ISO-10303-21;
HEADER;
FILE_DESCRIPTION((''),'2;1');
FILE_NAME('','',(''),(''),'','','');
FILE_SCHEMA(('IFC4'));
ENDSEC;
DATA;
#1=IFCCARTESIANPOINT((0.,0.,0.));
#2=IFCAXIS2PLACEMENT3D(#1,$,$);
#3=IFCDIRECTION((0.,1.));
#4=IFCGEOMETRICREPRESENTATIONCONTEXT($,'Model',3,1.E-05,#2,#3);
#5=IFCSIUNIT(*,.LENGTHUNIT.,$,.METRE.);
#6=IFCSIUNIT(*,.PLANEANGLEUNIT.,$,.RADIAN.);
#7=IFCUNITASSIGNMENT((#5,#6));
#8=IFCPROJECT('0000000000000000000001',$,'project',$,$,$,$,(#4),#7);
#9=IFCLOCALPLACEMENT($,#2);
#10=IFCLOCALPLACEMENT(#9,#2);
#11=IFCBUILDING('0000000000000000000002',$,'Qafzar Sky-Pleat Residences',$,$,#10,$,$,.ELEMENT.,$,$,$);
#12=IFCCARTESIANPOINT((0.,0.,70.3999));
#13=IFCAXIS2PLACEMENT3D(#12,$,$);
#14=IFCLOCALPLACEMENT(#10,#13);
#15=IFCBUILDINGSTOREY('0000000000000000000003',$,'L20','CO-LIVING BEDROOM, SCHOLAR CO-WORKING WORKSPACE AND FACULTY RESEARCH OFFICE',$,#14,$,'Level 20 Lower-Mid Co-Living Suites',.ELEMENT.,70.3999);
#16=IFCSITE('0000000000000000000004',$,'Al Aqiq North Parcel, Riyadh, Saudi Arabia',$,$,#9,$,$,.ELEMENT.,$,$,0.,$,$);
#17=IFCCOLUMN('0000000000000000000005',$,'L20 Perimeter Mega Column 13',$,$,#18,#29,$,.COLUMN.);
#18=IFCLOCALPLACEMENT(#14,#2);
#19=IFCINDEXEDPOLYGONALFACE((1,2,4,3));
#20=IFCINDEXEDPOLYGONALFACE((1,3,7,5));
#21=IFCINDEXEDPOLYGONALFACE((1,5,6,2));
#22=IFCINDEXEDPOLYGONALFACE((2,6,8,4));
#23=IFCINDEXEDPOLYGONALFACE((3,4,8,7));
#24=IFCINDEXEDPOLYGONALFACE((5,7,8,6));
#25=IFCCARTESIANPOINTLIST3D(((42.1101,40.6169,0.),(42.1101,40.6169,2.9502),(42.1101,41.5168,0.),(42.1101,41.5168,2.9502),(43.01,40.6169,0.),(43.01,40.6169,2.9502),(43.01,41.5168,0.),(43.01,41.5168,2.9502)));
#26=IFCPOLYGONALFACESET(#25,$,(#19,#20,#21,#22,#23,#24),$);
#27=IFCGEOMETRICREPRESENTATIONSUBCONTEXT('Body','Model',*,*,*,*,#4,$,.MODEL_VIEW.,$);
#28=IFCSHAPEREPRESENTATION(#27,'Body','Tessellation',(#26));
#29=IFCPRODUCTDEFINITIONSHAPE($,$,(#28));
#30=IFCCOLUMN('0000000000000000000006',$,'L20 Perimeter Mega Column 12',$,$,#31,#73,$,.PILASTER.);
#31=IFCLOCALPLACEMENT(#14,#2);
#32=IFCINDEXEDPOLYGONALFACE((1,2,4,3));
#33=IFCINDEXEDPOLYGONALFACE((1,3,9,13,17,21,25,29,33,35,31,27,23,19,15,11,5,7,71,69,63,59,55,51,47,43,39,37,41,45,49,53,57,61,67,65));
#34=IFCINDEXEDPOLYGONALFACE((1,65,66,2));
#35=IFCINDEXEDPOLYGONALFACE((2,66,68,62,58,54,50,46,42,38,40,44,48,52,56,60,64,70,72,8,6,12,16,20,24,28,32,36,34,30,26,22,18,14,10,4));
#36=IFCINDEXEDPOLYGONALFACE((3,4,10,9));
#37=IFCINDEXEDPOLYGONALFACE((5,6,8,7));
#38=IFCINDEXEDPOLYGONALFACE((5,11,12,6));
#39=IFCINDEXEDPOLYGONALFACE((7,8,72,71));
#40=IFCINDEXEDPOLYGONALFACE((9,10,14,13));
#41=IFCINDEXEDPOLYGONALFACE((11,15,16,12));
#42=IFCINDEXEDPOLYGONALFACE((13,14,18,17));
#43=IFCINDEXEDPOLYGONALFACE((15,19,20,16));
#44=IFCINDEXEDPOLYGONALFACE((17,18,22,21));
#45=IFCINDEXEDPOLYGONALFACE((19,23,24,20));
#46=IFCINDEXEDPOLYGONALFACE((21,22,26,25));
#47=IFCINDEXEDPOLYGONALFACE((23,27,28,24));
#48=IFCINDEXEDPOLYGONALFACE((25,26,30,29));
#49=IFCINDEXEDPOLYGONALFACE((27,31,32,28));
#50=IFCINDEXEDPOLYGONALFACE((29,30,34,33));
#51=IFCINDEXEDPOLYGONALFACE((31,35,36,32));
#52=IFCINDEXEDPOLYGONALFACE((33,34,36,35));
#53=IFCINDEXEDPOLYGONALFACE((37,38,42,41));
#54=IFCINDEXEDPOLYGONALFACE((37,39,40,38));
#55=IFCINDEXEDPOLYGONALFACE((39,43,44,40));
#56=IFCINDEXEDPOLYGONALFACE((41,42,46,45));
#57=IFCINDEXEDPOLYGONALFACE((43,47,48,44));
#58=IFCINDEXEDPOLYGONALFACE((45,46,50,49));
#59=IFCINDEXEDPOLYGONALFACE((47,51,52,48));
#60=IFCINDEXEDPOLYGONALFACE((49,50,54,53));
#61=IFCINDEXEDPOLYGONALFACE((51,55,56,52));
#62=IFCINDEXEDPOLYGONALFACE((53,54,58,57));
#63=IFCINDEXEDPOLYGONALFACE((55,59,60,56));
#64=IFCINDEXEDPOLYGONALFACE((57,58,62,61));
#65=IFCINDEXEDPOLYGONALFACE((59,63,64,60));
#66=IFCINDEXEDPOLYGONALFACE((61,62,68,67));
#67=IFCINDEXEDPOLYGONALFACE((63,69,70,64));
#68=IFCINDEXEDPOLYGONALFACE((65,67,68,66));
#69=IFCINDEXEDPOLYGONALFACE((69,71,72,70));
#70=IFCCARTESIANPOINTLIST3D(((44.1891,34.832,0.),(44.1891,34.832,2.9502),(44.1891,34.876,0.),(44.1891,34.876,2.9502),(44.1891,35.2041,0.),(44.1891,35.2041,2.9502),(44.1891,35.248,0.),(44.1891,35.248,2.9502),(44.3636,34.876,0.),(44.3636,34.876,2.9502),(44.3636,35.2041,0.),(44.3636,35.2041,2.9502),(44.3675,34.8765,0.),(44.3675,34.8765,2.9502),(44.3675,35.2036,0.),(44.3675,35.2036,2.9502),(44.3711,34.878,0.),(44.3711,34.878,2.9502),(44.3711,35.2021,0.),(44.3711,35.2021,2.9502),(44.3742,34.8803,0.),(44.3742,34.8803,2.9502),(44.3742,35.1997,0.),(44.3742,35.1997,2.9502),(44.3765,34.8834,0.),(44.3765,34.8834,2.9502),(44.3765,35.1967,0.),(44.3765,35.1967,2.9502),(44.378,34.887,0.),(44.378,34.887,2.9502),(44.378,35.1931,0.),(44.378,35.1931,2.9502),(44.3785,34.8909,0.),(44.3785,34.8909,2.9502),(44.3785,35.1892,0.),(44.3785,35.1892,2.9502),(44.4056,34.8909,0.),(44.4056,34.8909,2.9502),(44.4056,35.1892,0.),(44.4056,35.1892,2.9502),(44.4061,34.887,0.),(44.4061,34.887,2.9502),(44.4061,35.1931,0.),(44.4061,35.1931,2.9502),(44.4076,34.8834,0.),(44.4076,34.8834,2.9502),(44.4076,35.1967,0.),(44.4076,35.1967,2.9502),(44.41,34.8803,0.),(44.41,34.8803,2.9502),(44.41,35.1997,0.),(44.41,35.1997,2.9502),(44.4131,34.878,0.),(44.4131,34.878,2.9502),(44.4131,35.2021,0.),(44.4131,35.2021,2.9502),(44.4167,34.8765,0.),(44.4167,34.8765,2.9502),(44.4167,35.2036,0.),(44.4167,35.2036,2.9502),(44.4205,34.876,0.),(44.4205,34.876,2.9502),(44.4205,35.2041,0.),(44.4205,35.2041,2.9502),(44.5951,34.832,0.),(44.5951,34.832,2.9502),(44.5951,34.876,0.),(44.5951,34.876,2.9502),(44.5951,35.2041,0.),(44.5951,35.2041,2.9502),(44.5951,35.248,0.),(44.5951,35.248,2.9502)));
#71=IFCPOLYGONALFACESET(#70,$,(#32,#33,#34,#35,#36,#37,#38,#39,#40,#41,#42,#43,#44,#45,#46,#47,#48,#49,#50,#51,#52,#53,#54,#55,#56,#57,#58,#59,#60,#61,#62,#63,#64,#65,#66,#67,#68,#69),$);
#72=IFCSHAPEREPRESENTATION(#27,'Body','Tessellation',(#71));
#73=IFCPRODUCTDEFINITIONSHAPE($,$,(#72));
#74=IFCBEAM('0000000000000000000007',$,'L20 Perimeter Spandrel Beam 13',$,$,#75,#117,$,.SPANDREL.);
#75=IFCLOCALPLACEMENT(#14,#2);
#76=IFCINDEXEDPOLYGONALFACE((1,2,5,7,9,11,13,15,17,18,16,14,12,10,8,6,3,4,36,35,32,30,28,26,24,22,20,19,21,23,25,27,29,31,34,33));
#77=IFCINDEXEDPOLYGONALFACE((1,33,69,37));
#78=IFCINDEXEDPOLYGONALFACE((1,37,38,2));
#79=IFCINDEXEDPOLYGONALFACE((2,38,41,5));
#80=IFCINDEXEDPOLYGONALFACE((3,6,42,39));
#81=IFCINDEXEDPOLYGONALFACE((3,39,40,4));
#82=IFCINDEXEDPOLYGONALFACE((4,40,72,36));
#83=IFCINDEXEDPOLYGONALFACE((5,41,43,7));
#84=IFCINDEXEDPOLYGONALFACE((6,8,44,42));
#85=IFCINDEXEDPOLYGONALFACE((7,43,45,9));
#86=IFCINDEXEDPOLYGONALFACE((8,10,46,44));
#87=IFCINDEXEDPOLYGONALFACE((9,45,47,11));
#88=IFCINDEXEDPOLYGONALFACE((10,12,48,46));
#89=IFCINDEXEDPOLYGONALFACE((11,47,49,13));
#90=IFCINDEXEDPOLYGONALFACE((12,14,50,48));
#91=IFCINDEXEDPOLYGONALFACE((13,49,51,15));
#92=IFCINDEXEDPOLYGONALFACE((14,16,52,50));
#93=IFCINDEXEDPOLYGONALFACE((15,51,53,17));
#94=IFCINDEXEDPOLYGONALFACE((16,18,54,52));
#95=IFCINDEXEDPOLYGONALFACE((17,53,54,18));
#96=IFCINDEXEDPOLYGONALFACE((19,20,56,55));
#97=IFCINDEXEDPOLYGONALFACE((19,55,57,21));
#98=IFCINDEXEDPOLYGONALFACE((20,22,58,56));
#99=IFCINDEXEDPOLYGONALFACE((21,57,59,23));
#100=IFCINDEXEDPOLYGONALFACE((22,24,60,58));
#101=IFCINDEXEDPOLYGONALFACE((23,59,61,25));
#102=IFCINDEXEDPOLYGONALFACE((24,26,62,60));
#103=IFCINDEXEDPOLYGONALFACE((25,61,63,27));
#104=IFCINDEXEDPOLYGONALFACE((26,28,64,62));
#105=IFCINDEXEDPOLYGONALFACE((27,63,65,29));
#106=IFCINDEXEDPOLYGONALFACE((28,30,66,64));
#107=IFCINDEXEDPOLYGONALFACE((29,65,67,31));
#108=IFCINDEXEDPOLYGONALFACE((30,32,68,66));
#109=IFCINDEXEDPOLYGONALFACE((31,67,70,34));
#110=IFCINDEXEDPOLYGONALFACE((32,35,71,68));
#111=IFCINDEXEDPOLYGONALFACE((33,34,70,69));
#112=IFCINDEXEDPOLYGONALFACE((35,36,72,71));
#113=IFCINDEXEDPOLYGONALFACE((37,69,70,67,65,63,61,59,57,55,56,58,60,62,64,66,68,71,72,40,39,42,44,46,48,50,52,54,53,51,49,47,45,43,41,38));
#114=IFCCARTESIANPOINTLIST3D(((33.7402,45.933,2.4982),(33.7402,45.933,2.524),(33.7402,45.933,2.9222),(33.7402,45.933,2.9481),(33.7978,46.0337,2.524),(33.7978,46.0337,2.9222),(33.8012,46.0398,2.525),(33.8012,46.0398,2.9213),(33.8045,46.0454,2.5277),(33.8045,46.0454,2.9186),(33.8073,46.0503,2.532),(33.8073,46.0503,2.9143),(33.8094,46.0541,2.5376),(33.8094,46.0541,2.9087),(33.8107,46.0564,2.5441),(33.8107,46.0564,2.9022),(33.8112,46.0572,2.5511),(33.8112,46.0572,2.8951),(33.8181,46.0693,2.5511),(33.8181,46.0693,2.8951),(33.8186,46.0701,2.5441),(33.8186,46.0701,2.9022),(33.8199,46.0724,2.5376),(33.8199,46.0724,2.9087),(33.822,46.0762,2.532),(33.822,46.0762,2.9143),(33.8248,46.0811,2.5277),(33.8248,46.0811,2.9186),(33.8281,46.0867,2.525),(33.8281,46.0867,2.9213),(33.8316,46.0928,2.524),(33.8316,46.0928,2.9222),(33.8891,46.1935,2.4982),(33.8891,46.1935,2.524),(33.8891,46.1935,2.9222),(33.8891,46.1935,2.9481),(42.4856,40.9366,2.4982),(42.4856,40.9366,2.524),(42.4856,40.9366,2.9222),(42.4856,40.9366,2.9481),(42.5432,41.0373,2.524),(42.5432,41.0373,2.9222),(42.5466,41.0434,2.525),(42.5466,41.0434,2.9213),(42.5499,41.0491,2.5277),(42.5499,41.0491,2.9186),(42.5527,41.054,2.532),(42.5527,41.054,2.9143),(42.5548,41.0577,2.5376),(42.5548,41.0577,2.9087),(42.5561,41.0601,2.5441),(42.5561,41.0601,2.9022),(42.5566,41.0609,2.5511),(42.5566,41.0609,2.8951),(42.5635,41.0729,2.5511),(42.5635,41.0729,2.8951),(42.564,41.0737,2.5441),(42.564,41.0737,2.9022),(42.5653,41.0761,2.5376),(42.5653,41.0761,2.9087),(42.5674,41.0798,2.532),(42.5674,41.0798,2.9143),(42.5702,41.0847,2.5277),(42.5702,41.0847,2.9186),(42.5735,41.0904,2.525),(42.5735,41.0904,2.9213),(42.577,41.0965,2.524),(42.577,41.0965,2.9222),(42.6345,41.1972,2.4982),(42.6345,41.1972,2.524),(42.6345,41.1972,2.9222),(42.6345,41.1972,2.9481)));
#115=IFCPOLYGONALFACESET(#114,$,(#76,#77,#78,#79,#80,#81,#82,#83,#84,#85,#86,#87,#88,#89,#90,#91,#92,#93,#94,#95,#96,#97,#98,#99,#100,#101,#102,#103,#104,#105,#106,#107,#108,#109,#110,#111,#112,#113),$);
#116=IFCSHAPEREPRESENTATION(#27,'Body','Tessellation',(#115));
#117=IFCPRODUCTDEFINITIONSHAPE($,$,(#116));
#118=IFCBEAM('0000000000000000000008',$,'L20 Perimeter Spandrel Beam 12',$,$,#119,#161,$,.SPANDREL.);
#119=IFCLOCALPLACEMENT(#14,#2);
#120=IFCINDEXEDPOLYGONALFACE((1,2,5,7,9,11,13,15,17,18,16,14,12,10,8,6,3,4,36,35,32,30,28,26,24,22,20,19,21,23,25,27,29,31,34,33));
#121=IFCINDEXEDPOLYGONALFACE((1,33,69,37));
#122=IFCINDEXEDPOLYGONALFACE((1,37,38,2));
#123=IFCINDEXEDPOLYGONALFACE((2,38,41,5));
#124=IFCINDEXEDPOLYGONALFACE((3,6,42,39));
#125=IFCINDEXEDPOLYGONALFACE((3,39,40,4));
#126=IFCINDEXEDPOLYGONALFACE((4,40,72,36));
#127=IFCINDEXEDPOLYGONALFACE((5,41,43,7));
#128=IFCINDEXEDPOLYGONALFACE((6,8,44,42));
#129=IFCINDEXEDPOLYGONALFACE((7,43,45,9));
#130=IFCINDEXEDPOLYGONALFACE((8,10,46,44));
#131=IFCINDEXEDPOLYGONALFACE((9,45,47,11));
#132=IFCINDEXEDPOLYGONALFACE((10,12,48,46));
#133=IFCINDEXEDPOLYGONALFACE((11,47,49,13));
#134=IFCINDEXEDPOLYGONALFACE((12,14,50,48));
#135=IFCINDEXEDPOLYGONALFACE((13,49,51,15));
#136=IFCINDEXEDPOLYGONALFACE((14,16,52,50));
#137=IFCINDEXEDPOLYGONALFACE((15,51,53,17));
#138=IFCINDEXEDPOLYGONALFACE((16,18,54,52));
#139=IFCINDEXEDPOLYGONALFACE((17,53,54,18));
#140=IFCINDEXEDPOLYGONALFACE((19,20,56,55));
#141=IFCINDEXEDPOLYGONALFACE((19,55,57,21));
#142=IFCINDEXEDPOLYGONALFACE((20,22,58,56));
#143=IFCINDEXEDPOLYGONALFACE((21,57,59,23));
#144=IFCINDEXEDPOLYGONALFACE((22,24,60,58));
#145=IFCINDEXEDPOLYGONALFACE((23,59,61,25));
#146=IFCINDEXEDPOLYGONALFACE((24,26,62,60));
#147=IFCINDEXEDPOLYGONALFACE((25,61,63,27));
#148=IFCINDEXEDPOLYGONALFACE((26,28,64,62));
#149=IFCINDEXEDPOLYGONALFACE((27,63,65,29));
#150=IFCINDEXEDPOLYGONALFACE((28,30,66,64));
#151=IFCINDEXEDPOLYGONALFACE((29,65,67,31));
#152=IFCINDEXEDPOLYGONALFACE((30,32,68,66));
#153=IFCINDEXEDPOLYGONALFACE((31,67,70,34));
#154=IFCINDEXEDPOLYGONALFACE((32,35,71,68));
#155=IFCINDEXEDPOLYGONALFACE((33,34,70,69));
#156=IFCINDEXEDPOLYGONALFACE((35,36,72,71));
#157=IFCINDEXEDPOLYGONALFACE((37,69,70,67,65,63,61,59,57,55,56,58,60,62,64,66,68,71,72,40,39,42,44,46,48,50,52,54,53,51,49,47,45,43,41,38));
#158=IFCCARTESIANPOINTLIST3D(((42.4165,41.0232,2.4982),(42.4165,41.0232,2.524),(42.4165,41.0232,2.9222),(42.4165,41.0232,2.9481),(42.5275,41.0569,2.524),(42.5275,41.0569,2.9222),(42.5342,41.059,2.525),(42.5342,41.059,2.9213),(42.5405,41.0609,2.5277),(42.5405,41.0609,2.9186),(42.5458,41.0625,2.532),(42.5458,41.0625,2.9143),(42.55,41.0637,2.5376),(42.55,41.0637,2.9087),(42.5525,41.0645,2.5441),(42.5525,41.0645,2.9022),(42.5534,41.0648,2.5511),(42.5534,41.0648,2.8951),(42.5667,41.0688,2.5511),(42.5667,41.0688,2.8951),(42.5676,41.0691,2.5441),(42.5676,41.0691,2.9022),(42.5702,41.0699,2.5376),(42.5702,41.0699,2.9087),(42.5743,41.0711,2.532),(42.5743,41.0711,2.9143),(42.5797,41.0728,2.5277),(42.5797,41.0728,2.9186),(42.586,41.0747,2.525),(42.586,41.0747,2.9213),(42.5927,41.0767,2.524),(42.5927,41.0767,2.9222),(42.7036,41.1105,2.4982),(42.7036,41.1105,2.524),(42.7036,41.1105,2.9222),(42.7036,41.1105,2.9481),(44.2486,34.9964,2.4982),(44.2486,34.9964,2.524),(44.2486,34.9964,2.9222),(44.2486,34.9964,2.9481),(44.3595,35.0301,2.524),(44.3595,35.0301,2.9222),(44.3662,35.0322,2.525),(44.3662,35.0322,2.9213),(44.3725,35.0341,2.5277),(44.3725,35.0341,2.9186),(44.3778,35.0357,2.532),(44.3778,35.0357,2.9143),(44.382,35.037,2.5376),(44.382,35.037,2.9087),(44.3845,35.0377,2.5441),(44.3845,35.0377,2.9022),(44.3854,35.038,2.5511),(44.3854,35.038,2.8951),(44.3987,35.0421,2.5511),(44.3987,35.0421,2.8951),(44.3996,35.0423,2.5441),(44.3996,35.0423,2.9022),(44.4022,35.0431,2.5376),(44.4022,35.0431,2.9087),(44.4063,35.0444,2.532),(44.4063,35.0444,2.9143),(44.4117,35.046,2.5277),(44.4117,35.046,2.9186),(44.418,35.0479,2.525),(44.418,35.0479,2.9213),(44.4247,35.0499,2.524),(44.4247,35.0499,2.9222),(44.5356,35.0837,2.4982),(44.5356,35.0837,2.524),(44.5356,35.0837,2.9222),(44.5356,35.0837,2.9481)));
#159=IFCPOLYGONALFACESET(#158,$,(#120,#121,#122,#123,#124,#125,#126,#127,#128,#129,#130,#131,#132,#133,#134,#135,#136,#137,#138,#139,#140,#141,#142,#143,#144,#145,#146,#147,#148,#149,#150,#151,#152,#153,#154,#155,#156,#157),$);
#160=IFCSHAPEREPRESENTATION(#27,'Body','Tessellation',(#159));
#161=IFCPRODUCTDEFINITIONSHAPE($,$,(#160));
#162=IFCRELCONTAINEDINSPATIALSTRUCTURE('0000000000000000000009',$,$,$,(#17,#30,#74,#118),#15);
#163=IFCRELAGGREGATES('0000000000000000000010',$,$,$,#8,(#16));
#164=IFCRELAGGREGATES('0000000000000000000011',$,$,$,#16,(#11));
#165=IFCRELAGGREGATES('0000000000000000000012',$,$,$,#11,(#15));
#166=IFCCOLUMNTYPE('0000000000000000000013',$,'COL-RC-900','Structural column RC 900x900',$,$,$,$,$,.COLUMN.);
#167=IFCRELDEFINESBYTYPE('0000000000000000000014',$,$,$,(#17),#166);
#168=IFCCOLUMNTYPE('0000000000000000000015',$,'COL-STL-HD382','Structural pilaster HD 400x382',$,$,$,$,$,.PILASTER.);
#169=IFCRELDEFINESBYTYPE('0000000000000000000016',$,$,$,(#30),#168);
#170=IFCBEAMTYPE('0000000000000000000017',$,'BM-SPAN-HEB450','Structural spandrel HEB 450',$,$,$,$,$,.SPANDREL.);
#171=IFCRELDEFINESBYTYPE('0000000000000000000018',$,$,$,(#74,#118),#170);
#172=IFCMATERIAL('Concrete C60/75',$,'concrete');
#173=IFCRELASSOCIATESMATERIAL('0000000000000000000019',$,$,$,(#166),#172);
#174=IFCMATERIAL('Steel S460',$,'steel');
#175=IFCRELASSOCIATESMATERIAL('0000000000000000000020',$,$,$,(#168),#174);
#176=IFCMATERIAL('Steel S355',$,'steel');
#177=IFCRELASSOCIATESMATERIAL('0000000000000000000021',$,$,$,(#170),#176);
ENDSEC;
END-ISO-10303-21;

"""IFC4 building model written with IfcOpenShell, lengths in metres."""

from ifc_helpers import new_model, si_unit, direction, frame, origin, origin_2d, place, context, subcontext, project, spatial, rectangle, i_section, extrude, source, transform, mapped, material, material_profile, profile_set, type_object, element, save


model = new_model("IFC4")

# Units and contexts
model_context = context("Model", 3, precision=1e-05, world=origin(), true_north=direction((0.0, 1.0)))
body_context = subcontext(model_context, "Body", "Model", "MODEL_VIEW")
ifc_project = project(units=[si_unit("LENGTHUNIT", "METRE"), si_unit("PLANEANGLEUNIT", "RADIAN")], contexts=[model_context])

# Site, building, storey
site_placement = place(None, origin())
site = spatial("IfcSite", under=ifc_project, at=site_placement, Name="Al Aqiq North Parcel, Riyadh, Saudi Arabia", CompositionType="ELEMENT", RefElevation=0.0)
building_placement = place(site_placement, origin())
building = spatial("IfcBuilding", under=site, at=building_placement, Name="Qafzar Sky-Pleat Residences", CompositionType="ELEMENT")
storey_placement = place(building_placement, frame((0.0, 0.0, 70.3999)))
storey = spatial("IfcBuildingStorey", under=building, at=storey_placement, Name="L20", Description="CO-LIVING BEDROOM, SCHOLAR CO-WORKING WORKSPACE AND FACULTY RESEARCH OFFICE", LongName="Level 20 Lower-Mid Co-Living Suites", CompositionType="ELEMENT", Elevation=70.3999)

# Columns
ifc_material_1 = material(Name="Concrete C60/75", Category="concrete")
ifc_material_profile_1 = material_profile(ifc_material_1, rectangle(XDim=0.8999, YDim=0.8999, at=origin_2d()), Name="RC 900x900")
ifc_profile_set_1 = profile_set([ifc_material_profile_1], Name="Concrete C60/75")
column_type_1 = type_object("IfcColumnType", Name="COL-RC-900", Description="Structural column RC 900x900", PredefinedType="COLUMN", material=ifc_profile_set_1)
shared_shape_1 = source(origin(), body_context, "Body", "SweptSolid", [
    extrude(rectangle(XDim=0.8999, YDim=0.8999, at=origin_2d()), origin(), (0.0, 0.0, 1.0), 2.9502),
])
column_1_placement = place(storey_placement, frame((42.5601, 41.0669, 0.0), z_axis=(0.0, 0.0, 1.0), x_axis=(1.0, 0.0, 0.0)))
element("IfcColumn", 1, at=column_1_placement, inside=storey, type_object=column_type_1, Name="L20 Perimeter Mega Column 13", PredefinedType="COLUMN", context=body_context, shape_type="MappedRepresentation", body=[
    mapped(shared_shape_1, transform((0.0, 0.0, 0.0), x_axis=(1.0, 0.0, 0.0), y_axis=(0.0, 1.0, 0.0), z_axis=(0.0, 0.0, 1.0), scale=1.0)),
])
ifc_material_2 = material(Name="Steel S460", Category="steel")
ifc_material_profile_2 = material_profile(ifc_material_2, i_section(OverallWidth=0.406, OverallDepth=0.416, WebThickness=0.0271, FlangeThickness=0.0439, FilletRadius=0.0149, at=origin_2d()), Name="HD 400x382")
ifc_profile_set_2 = profile_set([ifc_material_profile_2], Name="Steel S460")
column_type_2 = type_object("IfcColumnType", Name="COL-STL-HD382", Description="Structural pilaster HD 400x382", PredefinedType="PILASTER", material=ifc_profile_set_2)
shared_shape_2 = source(origin(), body_context, "Body", "SweptSolid", [
    extrude(i_section(OverallWidth=0.406, OverallDepth=0.416, WebThickness=0.0271, FlangeThickness=0.0439, FilletRadius=0.0149, at=origin_2d()), origin(), (0.0, 0.0, 1.0), 2.9502),
])
column_2_placement = place(storey_placement, frame((44.3921, 35.04, 0.0), z_axis=(0.0, 0.0, 1.0), x_axis=(1.0, 0.0, 0.0)))
element("IfcColumn", 2, at=column_2_placement, inside=storey, type_object=column_type_2, Name="L20 Perimeter Mega Column 12", PredefinedType="PILASTER", context=body_context, shape_type="MappedRepresentation", body=[
    mapped(shared_shape_2, transform((0.0, 0.0, 0.0), x_axis=(1.0, 0.0, 0.0), y_axis=(0.0, 1.0, 0.0), z_axis=(0.0, 0.0, 1.0), scale=1.0)),
])

# Beams
ifc_material_3 = material(Name="Steel S355", Category="steel")
ifc_material_profile_3 = material_profile(ifc_material_3, i_section(OverallWidth=0.3, OverallDepth=0.45, WebThickness=0.0139, FlangeThickness=0.0259, FilletRadius=0.0271, at=origin_2d()), Name="HEB 450")
ifc_profile_set_3 = profile_set([ifc_material_profile_3], Name="Steel S355")
beam_type_1 = type_object("IfcBeamType", Name="BM-SPAN-HEB450", Description="Structural spandrel HEB 450", PredefinedType="SPANDREL", material=ifc_profile_set_3)
shared_shape_3 = source(origin(), body_context, "Body", "SweptSolid", [
    extrude(i_section(OverallWidth=0.3, OverallDepth=0.45, WebThickness=0.0139, FlangeThickness=0.0259, FilletRadius=0.0271, at=origin_2d()), origin(), (0.0, 0.0, 1.0), 10.072),
])
beam_1_placement = place(storey_placement, frame((42.5601, 41.0669, 2.7231), z_axis=(-0.868286, 0.496063, 0.0), x_axis=(-0.496063, -0.868286, 0.0)))
element("IfcBeam", 3, at=beam_1_placement, inside=storey, type_object=beam_type_1, Name="L20 Perimeter Spandrel Beam 13", PredefinedType="SPANDREL", context=body_context, shape_type="MappedRepresentation", body=[
    mapped(shared_shape_3, transform((0.0, 0.0, 0.0), x_axis=(1.0, 0.0, 0.0), y_axis=(0.0, 1.0, 0.0), z_axis=(0.0, 0.0, 1.0), scale=1.0)),
])
shared_shape_4 = source(origin(), body_context, "Body", "SweptSolid", [
    extrude(i_section(OverallWidth=0.3, OverallDepth=0.45, WebThickness=0.0139, FlangeThickness=0.0259, FilletRadius=0.0271, at=origin_2d()), origin(), (0.0, 0.0, 1.0), 6.2991),
])
beam_2_placement = place(storey_placement, frame((44.3921, 35.04, 2.7231), z_axis=(-0.290838, 0.956772, 0.0), x_axis=(-0.956772, -0.290838, 0.0)))
element("IfcBeam", 4, at=beam_2_placement, inside=storey, type_object=beam_type_1, Name="L20 Perimeter Spandrel Beam 12", PredefinedType="SPANDREL", context=body_context, shape_type="MappedRepresentation", body=[
    mapped(shared_shape_4, transform((0.0, 0.0, 0.0), x_axis=(1.0, 0.0, 0.0), y_axis=(0.0, 1.0, 0.0), z_axis=(0.0, 0.0, 1.0), scale=1.0)),
])

save(model, "model.ifc")
